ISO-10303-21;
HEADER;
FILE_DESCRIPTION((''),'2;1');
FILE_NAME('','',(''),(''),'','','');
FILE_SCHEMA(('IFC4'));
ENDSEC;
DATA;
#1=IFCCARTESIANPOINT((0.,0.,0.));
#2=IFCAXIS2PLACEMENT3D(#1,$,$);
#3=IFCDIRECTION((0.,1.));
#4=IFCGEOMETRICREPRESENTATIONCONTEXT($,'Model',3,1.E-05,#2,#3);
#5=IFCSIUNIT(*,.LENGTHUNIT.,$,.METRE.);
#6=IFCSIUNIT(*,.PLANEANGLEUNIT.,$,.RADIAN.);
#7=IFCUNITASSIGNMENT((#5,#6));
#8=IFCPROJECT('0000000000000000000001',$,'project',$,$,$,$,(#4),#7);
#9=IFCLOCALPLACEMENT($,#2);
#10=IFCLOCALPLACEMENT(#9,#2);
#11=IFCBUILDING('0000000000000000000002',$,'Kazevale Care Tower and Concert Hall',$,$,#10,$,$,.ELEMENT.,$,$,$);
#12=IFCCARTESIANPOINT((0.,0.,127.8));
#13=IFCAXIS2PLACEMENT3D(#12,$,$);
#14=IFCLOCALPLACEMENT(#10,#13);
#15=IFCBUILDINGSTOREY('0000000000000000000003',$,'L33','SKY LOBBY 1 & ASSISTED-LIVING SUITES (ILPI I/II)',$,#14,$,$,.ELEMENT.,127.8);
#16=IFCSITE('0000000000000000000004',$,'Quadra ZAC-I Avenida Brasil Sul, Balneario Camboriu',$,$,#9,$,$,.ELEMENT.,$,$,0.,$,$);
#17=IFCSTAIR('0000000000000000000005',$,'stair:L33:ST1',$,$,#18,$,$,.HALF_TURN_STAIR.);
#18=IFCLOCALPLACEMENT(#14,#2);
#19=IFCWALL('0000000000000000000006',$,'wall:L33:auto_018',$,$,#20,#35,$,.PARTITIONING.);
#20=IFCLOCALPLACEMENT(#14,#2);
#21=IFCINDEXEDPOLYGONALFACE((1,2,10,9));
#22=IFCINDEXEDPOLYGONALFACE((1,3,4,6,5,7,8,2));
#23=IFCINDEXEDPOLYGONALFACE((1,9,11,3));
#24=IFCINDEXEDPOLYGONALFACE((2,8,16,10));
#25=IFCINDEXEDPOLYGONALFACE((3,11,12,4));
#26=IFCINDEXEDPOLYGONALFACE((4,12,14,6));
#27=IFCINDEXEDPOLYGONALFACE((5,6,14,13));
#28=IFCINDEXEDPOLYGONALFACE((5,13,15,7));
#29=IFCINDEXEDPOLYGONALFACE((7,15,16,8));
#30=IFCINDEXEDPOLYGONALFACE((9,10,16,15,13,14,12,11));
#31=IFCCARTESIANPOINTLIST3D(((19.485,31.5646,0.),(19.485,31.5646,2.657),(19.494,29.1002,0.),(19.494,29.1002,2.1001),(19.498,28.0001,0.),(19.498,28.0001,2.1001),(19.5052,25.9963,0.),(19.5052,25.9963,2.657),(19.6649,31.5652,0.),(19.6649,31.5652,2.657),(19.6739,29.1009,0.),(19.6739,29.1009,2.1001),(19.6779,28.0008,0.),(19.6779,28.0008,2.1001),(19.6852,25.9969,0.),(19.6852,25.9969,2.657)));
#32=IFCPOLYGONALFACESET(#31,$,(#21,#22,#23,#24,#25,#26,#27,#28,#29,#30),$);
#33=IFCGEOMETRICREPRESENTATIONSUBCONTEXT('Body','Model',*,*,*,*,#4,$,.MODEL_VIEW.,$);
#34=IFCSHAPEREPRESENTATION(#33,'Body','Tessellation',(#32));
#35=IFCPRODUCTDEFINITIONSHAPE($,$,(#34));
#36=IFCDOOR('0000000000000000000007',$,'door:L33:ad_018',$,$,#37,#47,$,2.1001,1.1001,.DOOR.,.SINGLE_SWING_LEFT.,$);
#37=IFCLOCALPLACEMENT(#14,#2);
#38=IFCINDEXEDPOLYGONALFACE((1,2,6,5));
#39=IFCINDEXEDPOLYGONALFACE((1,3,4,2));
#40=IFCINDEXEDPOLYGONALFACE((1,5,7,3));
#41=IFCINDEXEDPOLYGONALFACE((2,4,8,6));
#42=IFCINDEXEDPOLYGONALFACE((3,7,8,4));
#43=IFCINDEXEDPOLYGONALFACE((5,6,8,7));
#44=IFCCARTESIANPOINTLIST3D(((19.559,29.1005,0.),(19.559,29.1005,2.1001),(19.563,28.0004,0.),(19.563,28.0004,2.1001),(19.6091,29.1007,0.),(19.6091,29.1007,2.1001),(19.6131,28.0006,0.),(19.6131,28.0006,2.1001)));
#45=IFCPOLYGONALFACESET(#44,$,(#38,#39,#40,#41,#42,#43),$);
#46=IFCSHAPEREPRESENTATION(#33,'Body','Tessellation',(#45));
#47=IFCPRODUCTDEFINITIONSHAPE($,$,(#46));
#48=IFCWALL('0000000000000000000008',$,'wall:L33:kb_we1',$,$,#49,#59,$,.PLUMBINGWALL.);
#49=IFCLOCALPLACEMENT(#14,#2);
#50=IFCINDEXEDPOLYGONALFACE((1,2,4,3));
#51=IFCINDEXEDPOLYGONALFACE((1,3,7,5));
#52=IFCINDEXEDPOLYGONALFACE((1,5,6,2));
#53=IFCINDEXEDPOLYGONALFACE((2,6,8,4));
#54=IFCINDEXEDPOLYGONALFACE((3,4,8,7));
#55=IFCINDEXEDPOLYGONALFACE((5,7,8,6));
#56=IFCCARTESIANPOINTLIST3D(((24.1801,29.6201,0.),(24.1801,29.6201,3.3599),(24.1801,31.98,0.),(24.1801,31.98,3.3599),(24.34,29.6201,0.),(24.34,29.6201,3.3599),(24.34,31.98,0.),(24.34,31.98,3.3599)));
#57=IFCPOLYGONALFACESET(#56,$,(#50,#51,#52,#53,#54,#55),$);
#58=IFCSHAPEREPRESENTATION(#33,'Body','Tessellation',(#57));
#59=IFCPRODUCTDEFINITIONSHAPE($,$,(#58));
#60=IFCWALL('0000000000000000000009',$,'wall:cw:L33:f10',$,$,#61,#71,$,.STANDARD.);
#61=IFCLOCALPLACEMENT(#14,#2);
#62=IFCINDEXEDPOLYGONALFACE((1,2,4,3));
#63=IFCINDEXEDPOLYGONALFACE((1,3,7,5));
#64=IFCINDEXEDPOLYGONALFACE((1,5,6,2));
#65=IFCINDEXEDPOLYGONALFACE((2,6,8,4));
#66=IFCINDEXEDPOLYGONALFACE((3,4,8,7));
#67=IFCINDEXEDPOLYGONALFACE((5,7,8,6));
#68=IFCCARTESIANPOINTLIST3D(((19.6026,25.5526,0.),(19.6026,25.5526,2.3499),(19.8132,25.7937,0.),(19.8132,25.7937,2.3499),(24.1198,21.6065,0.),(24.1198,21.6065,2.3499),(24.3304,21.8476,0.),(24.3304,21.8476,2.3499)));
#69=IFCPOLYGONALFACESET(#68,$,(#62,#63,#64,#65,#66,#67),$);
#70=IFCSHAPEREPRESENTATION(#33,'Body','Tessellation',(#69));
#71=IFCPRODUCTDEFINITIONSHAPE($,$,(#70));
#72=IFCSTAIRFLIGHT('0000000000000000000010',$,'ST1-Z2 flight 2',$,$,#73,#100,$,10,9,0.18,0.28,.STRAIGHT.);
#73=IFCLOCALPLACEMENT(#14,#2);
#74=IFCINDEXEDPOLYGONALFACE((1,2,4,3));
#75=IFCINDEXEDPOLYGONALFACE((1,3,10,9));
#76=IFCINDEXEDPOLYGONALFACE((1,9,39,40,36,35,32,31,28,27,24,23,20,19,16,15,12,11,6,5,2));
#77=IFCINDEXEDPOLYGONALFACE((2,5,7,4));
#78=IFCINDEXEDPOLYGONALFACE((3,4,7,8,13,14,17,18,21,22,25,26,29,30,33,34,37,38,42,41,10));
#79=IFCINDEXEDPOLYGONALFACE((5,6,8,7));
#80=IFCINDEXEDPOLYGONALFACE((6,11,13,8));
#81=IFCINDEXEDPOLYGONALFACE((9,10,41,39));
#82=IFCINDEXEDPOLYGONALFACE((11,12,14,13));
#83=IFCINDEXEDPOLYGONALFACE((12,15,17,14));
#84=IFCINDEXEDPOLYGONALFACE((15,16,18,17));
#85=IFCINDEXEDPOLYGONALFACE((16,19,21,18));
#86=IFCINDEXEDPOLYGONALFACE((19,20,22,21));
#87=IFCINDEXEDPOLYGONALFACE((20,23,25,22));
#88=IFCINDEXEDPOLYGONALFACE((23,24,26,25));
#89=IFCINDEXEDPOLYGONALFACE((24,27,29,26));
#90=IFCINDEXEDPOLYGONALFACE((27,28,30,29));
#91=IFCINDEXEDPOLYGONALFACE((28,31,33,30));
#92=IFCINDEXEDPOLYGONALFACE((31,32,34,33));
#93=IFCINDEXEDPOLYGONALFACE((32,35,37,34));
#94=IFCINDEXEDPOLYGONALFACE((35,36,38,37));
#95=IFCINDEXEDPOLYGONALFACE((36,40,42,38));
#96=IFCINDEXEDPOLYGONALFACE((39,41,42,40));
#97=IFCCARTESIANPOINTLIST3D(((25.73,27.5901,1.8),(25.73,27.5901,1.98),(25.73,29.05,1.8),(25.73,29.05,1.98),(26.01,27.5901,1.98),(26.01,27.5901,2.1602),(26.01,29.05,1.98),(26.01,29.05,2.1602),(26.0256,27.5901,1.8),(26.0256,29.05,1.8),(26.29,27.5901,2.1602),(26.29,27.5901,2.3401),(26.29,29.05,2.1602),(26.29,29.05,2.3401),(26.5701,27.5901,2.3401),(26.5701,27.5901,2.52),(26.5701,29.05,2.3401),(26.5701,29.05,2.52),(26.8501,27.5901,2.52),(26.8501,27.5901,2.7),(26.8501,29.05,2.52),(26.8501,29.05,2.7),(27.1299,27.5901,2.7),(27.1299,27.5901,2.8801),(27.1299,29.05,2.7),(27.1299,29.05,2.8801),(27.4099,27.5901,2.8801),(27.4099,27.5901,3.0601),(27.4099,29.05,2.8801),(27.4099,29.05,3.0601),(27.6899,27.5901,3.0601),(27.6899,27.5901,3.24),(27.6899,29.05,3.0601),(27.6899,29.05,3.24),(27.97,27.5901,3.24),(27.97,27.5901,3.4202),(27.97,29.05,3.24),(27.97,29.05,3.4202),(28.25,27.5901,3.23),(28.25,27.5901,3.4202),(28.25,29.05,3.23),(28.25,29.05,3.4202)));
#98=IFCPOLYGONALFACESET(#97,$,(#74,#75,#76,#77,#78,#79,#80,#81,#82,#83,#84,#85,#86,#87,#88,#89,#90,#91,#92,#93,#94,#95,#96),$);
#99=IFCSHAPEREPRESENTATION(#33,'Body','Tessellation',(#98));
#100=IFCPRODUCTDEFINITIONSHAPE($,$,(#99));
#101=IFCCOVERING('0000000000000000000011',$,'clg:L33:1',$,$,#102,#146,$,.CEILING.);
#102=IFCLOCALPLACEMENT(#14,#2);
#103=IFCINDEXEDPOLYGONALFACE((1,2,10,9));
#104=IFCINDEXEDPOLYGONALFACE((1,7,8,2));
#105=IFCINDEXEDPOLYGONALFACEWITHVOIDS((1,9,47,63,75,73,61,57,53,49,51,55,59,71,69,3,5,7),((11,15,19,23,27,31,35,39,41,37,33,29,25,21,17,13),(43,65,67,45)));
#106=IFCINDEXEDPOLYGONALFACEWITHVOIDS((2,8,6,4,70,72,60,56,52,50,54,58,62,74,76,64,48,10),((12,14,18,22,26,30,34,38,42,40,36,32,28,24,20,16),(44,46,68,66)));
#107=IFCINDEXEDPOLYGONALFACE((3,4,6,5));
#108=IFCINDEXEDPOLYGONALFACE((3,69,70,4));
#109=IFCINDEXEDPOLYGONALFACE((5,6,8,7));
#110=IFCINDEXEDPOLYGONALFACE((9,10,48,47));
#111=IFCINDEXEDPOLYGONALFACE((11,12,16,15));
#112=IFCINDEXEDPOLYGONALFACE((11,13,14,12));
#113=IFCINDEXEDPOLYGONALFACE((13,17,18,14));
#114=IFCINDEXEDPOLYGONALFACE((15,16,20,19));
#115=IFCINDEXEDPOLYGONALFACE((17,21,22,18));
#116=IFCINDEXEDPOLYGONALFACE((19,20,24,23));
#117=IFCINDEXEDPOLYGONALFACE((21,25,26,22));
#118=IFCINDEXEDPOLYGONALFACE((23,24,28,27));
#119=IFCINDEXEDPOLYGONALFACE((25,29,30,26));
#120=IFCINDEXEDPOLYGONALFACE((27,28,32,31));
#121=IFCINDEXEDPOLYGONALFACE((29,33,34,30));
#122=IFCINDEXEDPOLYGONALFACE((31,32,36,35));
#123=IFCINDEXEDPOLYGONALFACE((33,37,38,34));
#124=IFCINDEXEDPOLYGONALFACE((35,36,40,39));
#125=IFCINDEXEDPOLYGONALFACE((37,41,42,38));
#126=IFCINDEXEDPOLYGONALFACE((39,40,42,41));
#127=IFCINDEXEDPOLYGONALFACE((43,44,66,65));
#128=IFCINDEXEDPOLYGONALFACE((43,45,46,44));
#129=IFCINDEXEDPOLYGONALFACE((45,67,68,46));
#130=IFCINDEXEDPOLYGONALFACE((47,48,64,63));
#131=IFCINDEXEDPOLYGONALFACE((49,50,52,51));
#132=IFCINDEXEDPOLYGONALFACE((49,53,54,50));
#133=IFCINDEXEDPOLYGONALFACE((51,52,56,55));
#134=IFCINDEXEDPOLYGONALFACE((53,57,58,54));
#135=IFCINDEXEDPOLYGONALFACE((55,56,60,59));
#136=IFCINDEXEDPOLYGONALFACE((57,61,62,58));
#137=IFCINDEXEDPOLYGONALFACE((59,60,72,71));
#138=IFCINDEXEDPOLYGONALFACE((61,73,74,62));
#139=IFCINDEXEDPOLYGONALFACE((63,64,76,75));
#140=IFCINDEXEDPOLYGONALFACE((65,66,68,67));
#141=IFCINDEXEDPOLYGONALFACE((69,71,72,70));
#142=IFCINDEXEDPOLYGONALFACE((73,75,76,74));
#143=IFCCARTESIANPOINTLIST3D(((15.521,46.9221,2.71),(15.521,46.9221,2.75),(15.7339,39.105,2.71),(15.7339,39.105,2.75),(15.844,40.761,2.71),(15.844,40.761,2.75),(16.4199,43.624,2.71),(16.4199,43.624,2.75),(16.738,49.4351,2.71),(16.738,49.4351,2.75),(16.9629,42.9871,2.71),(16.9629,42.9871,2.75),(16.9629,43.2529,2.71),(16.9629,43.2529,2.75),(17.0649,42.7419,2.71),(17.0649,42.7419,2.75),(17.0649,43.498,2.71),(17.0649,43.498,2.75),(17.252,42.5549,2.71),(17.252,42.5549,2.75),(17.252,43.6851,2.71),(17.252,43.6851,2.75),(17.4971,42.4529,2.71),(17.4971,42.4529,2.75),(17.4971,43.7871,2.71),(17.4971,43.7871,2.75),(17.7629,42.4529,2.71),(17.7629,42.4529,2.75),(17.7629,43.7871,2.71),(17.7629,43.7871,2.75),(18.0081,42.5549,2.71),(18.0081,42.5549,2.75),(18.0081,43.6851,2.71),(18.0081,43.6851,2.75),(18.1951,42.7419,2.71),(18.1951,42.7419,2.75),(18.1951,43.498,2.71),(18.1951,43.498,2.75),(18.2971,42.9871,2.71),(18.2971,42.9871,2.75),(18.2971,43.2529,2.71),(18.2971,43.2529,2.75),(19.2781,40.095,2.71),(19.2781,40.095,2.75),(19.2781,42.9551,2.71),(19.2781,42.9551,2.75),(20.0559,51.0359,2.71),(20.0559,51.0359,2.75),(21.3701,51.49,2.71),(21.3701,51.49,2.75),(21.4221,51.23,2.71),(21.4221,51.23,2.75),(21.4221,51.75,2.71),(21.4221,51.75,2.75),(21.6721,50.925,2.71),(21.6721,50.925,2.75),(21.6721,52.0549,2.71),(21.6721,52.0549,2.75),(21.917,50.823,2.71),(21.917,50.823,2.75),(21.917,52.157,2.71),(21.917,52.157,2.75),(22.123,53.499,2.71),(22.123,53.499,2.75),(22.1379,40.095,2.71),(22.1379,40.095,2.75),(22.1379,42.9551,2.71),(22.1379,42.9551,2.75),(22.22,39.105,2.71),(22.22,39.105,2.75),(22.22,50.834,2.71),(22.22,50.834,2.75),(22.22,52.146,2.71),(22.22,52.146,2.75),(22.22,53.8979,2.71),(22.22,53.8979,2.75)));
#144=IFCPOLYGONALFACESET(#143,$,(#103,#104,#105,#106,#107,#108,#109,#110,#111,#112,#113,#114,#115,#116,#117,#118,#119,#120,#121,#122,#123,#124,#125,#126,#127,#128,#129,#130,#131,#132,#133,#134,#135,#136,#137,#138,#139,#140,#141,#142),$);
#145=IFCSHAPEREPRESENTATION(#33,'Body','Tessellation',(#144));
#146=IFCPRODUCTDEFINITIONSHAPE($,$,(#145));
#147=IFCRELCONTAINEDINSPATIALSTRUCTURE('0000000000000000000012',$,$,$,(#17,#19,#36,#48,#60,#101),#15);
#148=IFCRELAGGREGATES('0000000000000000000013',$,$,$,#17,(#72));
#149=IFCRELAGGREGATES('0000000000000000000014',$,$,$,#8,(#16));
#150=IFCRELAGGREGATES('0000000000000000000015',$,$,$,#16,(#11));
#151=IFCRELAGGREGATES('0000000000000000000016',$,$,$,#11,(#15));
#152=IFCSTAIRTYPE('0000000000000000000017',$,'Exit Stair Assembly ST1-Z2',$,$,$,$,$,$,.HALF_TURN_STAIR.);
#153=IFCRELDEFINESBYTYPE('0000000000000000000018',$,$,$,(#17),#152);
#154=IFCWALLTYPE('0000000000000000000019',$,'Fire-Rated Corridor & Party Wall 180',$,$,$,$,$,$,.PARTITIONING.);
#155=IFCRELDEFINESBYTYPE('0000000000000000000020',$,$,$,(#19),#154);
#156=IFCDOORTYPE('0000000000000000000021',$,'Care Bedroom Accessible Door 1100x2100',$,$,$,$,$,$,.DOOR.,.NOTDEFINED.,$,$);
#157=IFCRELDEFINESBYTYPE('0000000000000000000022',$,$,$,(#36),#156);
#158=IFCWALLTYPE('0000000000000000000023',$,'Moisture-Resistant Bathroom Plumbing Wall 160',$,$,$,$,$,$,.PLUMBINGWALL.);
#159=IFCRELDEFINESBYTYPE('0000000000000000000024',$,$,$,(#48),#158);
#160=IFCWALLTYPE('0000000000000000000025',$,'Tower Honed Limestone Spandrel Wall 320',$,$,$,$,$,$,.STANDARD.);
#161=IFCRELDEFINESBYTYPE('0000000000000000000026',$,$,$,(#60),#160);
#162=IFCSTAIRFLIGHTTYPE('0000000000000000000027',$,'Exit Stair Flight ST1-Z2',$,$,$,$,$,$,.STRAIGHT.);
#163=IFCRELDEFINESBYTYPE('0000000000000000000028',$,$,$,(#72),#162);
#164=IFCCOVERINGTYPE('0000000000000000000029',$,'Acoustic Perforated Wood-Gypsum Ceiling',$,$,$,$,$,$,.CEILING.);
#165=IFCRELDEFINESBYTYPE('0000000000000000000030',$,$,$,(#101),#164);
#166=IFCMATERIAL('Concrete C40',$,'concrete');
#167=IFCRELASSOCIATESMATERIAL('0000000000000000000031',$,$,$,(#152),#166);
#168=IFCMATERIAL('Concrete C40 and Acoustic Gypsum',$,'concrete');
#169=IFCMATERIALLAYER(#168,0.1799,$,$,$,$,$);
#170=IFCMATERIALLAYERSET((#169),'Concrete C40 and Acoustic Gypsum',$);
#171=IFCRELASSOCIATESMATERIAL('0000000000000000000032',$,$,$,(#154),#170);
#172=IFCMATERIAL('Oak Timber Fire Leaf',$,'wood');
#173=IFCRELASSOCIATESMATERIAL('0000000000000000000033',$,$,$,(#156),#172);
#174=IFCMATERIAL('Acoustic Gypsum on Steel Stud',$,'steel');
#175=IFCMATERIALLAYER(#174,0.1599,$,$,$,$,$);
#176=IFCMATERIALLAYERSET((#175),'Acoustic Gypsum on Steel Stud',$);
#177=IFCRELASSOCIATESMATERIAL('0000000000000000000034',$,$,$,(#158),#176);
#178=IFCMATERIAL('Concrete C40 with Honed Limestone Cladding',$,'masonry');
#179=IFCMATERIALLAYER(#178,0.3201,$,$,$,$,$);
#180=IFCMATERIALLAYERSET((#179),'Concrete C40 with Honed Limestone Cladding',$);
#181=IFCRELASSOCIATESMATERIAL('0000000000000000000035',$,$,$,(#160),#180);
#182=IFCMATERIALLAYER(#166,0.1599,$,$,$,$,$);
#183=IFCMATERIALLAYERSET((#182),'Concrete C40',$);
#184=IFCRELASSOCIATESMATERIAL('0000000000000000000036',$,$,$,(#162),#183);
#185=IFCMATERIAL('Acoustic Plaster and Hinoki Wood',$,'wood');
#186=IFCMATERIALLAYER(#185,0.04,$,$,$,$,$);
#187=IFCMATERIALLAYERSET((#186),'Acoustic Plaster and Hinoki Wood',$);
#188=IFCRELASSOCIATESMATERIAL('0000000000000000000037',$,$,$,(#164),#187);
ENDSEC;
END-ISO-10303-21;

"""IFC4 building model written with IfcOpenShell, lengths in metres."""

from ifc_helpers import new_model, si_unit, direction, frame, frame_2d, origin, place, context, subcontext, project, spatial, polyline, rectangle, outline, extrude, material, layer, layer_set, type_object, element, fill, aggregate, save


model = new_model("IFC4")

# Units and contexts
model_context = context("Model", 3, precision=1e-05, world=origin(), true_north=direction((0.0, 1.0)))
body_context = subcontext(model_context, "Body", "Model", "MODEL_VIEW")
ifc_project = project(units=[si_unit("LENGTHUNIT", "METRE"), si_unit("PLANEANGLEUNIT", "RADIAN")], contexts=[model_context])

# Site, building, storey
site_placement = place(None, origin())
site = spatial("IfcSite", under=ifc_project, at=site_placement, Name="Quadra ZAC-I Avenida Brasil Sul, Balneario Camboriu", CompositionType="ELEMENT", RefElevation=0.0)
building_placement = place(site_placement, origin())
building = spatial("IfcBuilding", under=site, at=building_placement, Name="Kazevale Care Tower and Concert Hall", CompositionType="ELEMENT")
storey_placement = place(building_placement, frame((0.0, 0.0, 127.8)))
storey = spatial("IfcBuildingStorey", under=building, at=storey_placement, Name="L33", Description="SKY LOBBY 1 & ASSISTED-LIVING SUITES (ILPI I/II)", CompositionType="ELEMENT", Elevation=127.8)

# Shared definitions
ifc_material_1 = material(Name="Concrete C40", Category="concrete")

# Stair
stair_type = type_object("IfcStairType", Name="Exit Stair Assembly ST1-Z2", PredefinedType="HALF_TURN_STAIR", material=ifc_material_1)
stair_1_placement = place(storey_placement, origin())
stair_1 = element("IfcStair", 1, at=stair_1_placement, inside=storey, type_object=stair_type, Name="stair:L33:ST1", PredefinedType="HALF_TURN_STAIR")

# Wall, opening, door
ifc_material_2 = material(Name="Concrete C40 and Acoustic Gypsum", Category="concrete")
ifc_layer_1 = layer(ifc_material_2, 0.1799)
ifc_layer_set_1 = layer_set([ifc_layer_1], Name="Concrete C40 and Acoustic Gypsum")
wall_type_1 = type_object("IfcWallType", Name="Fire-Rated Corridor & Party Wall 180", PredefinedType="PARTITIONING", material=ifc_layer_set_1)
wall_1_placement = place(storey_placement, frame((19.5952, 25.9966, 0.0), z_axis=(0.0, 0.0, 1.0), x_axis=(-0.003639, 0.999993, 0.0)))
wall_1 = element("IfcWall", 2, at=wall_1_placement, inside=storey, type_object=wall_type_1, Name="wall:L33:auto_018", PredefinedType="PARTITIONING", context=body_context, shape_type="SweptSolid", body=[
    extrude(rectangle(XDim=5.5684, YDim=0.1799, at=frame_2d((2.7842, 0.0))), origin(), (0.0, 0.0, 1.0), 2.657),
])
opening_1_placement = place(wall_1_placement, frame((2.0039, 0.0, 0.0)))
opening_1 = element("IfcOpeningElement", 3, at=opening_1_placement, cuts=wall_1, PredefinedType="OPENING", context=body_context, shape_type="SweptSolid", body=[
    extrude(rectangle(XDim=1.1001, YDim=2.1001, at=frame_2d((0.55, 1.05))), frame((0.0, 0.0999, 0.0), z_axis=(0.0, -1.0, 0.0), x_axis=(1.0, 0.0, 0.0)), (0.0, 0.0, 1.0), 0.2),
])
ifc_material_3 = material(Name="Oak Timber Fire Leaf", Category="wood")
door_type_1 = type_object("IfcDoorType", Name="Care Bedroom Accessible Door 1100x2100", OperationType="NOTDEFINED", PredefinedType="DOOR", material=ifc_material_3)
door_1_placement = place(opening_1_placement, origin())
door_1 = element("IfcDoor", 4, at=door_1_placement, inside=storey, type_object=door_type_1, Name="door:L33:ad_018", OperationType="SINGLE_SWING_LEFT", OverallHeight=2.1001, OverallWidth=1.1001, PredefinedType="DOOR", context=body_context, shape_type="SweptSolid", body=[
    extrude(rectangle(XDim=1.1001, YDim=2.1001, at=frame_2d((0.55, 1.05))), frame((0.0, 0.0249, 0.0), z_axis=(0.0, -1.0, 0.0), x_axis=(1.0, 0.0, 0.0)), (0.0, 0.0, 1.0), 0.05),
])
fill(opening_1, door_1)

# Walls
ifc_material_4 = material(Name="Acoustic Gypsum on Steel Stud", Category="steel")
ifc_layer_2 = layer(ifc_material_4, 0.1599)
ifc_layer_set_2 = layer_set([ifc_layer_2], Name="Acoustic Gypsum on Steel Stud")
wall_type_2 = type_object("IfcWallType", Name="Moisture-Resistant Bathroom Plumbing Wall 160", PredefinedType="PLUMBINGWALL", material=ifc_layer_set_2)
wall_2_placement = place(storey_placement, frame((24.26, 29.6201, 0.0), z_axis=(0.0, 0.0, 1.0), x_axis=(0.0, 1.0, 0.0)))
element("IfcWall", 5, at=wall_2_placement, inside=storey, type_object=wall_type_2, Name="wall:L33:kb_we1", PredefinedType="PLUMBINGWALL", context=body_context, shape_type="SweptSolid", body=[
    extrude(rectangle(XDim=2.3599, YDim=0.1599, at=frame_2d((1.1799, 0.0))), origin(), (0.0, 0.0, 1.0), 3.3599),
])
ifc_material_5 = material(Name="Concrete C40 with Honed Limestone Cladding", Category="masonry")
ifc_layer_3 = layer(ifc_material_5, 0.3201)
ifc_layer_set_3 = layer_set([ifc_layer_3], Name="Concrete C40 with Honed Limestone Cladding")
wall_type_3 = type_object("IfcWallType", Name="Tower Honed Limestone Spandrel Wall 320", PredefinedType="STANDARD", material=ifc_layer_set_3)
wall_3_placement = place(storey_placement, frame((24.2251, 21.7271, 0.0), z_axis=(0.0, 0.0, 1.0), x_axis=(-0.753106, 0.657899, 0.0)))
element("IfcWall", 6, at=wall_3_placement, inside=storey, type_object=wall_type_3, Name="wall:cw:L33:f10", PredefinedType="STANDARD", context=body_context, shape_type="SweptSolid", body=[
    extrude(rectangle(XDim=5.998, YDim=0.3201, at=frame_2d((2.999, 0.0))), origin(), (0.0, 0.0, 1.0), 2.3499),
])

# Stair flight
ifc_layer_4 = layer(ifc_material_1, 0.1599)
ifc_layer_set_4 = layer_set([ifc_layer_4], Name="Concrete C40")
stair_flight_type = type_object("IfcStairFlightType", Name="Exit Stair Flight ST1-Z2", PredefinedType="STRAIGHT", material=ifc_layer_set_4)
stair_flight_placement = place(storey_placement, frame((25.73, 28.3201, 1.8), z_axis=(0.0, 0.0, 1.0), x_axis=(1.0, 0.0, 0.0)))
stair_flight = element("IfcStairFlight", 7, at=stair_flight_placement, type_object=stair_flight_type, Name="ST1-Z2 flight 2", NumberOfRisers=10, NumberOfTreads=9, PredefinedType="STRAIGHT", RiserHeight=0.18, TreadLength=0.28, context=body_context, shape_type="SweptSolid", body=[
    extrude(outline(polyline([(0.0, 0.0), (0.0, 0.1799), (0.28, 0.1799), (0.28, 0.3601), (0.5601, 0.3601), (0.5601, 0.54), (0.8401, 0.54), (0.8401, 0.72), (1.1201, 0.72), (1.1201, 0.8999), (1.3999, 0.8999), (1.3999, 1.0801), (1.6799, 1.0801), (1.6799, 1.26), (1.96, 1.26), (1.96, 1.4399), (2.24, 1.4399), (2.24, 1.6201), (2.52, 1.6201), (2.52, 1.8), (2.52, 1.4299), (0.2957, 0.0), (0.0, 0.0)])), frame((0.0, 0.73, 0.0), z_axis=(0.0, -1.0, 0.0), x_axis=(1.0, 0.0, 0.0)), (0.0, 0.0, 1.0), 1.46),
])
aggregate(stair_1, [stair_flight])

# Covering
ifc_material_6 = material(Name="Acoustic Plaster and Hinoki Wood", Category="wood")
ifc_layer_5 = layer(ifc_material_6, 0.04)
ifc_layer_set_5 = layer_set([ifc_layer_5], Name="Acoustic Plaster and Hinoki Wood")
covering_type = type_object("IfcCoveringType", Name="Acoustic Perforated Wood-Gypsum Ceiling", PredefinedType="CEILING", material=ifc_layer_set_5)
covering_1_placement = place(storey_placement, frame((0.0, 0.0, 2.71)))
element("IfcCovering", 8, at=covering_1_placement, inside=storey, type_object=covering_type, Name="clg:L33:1", PredefinedType="CEILING", context=body_context, shape_type="SweptSolid", body=[
    extrude(outline(polyline([(15.521, 46.9221), (16.738, 49.4351), (20.0559, 51.0359), (22.123, 53.499), (22.22, 53.8979), (22.22, 52.146), (21.917, 52.157), (21.6721, 52.0549), (21.4221, 51.75), (21.3701, 51.49), (21.4221, 51.23), (21.6721, 50.925), (21.917, 50.823), (22.22, 50.834), (22.22, 39.105), (15.7339, 39.105), (15.844, 40.761), (16.4199, 43.624), (15.521, 46.9221)]), holes=[polyline([(19.2781, 40.095), (22.1379, 40.095), (22.1379, 42.9551), (19.2781, 42.9551), (19.2781, 40.095)]), polyline([(18.2971, 43.2529), (18.1951, 43.498), (18.0081, 43.6851), (17.7629, 43.7871), (17.4971, 43.7871), (17.252, 43.6851), (17.0649, 43.498), (16.9629, 43.2529), (16.9629, 42.9871), (17.0649, 42.7419), (17.252, 42.5549), (17.4971, 42.4529), (17.7629, 42.4529), (18.0081, 42.5549), (18.1951, 42.7419), (18.2971, 42.9871), (18.2971, 43.2529)])]), origin(), (0.0, 0.0, 1.0), 0.04),
])

save(model, "model.ifc")
